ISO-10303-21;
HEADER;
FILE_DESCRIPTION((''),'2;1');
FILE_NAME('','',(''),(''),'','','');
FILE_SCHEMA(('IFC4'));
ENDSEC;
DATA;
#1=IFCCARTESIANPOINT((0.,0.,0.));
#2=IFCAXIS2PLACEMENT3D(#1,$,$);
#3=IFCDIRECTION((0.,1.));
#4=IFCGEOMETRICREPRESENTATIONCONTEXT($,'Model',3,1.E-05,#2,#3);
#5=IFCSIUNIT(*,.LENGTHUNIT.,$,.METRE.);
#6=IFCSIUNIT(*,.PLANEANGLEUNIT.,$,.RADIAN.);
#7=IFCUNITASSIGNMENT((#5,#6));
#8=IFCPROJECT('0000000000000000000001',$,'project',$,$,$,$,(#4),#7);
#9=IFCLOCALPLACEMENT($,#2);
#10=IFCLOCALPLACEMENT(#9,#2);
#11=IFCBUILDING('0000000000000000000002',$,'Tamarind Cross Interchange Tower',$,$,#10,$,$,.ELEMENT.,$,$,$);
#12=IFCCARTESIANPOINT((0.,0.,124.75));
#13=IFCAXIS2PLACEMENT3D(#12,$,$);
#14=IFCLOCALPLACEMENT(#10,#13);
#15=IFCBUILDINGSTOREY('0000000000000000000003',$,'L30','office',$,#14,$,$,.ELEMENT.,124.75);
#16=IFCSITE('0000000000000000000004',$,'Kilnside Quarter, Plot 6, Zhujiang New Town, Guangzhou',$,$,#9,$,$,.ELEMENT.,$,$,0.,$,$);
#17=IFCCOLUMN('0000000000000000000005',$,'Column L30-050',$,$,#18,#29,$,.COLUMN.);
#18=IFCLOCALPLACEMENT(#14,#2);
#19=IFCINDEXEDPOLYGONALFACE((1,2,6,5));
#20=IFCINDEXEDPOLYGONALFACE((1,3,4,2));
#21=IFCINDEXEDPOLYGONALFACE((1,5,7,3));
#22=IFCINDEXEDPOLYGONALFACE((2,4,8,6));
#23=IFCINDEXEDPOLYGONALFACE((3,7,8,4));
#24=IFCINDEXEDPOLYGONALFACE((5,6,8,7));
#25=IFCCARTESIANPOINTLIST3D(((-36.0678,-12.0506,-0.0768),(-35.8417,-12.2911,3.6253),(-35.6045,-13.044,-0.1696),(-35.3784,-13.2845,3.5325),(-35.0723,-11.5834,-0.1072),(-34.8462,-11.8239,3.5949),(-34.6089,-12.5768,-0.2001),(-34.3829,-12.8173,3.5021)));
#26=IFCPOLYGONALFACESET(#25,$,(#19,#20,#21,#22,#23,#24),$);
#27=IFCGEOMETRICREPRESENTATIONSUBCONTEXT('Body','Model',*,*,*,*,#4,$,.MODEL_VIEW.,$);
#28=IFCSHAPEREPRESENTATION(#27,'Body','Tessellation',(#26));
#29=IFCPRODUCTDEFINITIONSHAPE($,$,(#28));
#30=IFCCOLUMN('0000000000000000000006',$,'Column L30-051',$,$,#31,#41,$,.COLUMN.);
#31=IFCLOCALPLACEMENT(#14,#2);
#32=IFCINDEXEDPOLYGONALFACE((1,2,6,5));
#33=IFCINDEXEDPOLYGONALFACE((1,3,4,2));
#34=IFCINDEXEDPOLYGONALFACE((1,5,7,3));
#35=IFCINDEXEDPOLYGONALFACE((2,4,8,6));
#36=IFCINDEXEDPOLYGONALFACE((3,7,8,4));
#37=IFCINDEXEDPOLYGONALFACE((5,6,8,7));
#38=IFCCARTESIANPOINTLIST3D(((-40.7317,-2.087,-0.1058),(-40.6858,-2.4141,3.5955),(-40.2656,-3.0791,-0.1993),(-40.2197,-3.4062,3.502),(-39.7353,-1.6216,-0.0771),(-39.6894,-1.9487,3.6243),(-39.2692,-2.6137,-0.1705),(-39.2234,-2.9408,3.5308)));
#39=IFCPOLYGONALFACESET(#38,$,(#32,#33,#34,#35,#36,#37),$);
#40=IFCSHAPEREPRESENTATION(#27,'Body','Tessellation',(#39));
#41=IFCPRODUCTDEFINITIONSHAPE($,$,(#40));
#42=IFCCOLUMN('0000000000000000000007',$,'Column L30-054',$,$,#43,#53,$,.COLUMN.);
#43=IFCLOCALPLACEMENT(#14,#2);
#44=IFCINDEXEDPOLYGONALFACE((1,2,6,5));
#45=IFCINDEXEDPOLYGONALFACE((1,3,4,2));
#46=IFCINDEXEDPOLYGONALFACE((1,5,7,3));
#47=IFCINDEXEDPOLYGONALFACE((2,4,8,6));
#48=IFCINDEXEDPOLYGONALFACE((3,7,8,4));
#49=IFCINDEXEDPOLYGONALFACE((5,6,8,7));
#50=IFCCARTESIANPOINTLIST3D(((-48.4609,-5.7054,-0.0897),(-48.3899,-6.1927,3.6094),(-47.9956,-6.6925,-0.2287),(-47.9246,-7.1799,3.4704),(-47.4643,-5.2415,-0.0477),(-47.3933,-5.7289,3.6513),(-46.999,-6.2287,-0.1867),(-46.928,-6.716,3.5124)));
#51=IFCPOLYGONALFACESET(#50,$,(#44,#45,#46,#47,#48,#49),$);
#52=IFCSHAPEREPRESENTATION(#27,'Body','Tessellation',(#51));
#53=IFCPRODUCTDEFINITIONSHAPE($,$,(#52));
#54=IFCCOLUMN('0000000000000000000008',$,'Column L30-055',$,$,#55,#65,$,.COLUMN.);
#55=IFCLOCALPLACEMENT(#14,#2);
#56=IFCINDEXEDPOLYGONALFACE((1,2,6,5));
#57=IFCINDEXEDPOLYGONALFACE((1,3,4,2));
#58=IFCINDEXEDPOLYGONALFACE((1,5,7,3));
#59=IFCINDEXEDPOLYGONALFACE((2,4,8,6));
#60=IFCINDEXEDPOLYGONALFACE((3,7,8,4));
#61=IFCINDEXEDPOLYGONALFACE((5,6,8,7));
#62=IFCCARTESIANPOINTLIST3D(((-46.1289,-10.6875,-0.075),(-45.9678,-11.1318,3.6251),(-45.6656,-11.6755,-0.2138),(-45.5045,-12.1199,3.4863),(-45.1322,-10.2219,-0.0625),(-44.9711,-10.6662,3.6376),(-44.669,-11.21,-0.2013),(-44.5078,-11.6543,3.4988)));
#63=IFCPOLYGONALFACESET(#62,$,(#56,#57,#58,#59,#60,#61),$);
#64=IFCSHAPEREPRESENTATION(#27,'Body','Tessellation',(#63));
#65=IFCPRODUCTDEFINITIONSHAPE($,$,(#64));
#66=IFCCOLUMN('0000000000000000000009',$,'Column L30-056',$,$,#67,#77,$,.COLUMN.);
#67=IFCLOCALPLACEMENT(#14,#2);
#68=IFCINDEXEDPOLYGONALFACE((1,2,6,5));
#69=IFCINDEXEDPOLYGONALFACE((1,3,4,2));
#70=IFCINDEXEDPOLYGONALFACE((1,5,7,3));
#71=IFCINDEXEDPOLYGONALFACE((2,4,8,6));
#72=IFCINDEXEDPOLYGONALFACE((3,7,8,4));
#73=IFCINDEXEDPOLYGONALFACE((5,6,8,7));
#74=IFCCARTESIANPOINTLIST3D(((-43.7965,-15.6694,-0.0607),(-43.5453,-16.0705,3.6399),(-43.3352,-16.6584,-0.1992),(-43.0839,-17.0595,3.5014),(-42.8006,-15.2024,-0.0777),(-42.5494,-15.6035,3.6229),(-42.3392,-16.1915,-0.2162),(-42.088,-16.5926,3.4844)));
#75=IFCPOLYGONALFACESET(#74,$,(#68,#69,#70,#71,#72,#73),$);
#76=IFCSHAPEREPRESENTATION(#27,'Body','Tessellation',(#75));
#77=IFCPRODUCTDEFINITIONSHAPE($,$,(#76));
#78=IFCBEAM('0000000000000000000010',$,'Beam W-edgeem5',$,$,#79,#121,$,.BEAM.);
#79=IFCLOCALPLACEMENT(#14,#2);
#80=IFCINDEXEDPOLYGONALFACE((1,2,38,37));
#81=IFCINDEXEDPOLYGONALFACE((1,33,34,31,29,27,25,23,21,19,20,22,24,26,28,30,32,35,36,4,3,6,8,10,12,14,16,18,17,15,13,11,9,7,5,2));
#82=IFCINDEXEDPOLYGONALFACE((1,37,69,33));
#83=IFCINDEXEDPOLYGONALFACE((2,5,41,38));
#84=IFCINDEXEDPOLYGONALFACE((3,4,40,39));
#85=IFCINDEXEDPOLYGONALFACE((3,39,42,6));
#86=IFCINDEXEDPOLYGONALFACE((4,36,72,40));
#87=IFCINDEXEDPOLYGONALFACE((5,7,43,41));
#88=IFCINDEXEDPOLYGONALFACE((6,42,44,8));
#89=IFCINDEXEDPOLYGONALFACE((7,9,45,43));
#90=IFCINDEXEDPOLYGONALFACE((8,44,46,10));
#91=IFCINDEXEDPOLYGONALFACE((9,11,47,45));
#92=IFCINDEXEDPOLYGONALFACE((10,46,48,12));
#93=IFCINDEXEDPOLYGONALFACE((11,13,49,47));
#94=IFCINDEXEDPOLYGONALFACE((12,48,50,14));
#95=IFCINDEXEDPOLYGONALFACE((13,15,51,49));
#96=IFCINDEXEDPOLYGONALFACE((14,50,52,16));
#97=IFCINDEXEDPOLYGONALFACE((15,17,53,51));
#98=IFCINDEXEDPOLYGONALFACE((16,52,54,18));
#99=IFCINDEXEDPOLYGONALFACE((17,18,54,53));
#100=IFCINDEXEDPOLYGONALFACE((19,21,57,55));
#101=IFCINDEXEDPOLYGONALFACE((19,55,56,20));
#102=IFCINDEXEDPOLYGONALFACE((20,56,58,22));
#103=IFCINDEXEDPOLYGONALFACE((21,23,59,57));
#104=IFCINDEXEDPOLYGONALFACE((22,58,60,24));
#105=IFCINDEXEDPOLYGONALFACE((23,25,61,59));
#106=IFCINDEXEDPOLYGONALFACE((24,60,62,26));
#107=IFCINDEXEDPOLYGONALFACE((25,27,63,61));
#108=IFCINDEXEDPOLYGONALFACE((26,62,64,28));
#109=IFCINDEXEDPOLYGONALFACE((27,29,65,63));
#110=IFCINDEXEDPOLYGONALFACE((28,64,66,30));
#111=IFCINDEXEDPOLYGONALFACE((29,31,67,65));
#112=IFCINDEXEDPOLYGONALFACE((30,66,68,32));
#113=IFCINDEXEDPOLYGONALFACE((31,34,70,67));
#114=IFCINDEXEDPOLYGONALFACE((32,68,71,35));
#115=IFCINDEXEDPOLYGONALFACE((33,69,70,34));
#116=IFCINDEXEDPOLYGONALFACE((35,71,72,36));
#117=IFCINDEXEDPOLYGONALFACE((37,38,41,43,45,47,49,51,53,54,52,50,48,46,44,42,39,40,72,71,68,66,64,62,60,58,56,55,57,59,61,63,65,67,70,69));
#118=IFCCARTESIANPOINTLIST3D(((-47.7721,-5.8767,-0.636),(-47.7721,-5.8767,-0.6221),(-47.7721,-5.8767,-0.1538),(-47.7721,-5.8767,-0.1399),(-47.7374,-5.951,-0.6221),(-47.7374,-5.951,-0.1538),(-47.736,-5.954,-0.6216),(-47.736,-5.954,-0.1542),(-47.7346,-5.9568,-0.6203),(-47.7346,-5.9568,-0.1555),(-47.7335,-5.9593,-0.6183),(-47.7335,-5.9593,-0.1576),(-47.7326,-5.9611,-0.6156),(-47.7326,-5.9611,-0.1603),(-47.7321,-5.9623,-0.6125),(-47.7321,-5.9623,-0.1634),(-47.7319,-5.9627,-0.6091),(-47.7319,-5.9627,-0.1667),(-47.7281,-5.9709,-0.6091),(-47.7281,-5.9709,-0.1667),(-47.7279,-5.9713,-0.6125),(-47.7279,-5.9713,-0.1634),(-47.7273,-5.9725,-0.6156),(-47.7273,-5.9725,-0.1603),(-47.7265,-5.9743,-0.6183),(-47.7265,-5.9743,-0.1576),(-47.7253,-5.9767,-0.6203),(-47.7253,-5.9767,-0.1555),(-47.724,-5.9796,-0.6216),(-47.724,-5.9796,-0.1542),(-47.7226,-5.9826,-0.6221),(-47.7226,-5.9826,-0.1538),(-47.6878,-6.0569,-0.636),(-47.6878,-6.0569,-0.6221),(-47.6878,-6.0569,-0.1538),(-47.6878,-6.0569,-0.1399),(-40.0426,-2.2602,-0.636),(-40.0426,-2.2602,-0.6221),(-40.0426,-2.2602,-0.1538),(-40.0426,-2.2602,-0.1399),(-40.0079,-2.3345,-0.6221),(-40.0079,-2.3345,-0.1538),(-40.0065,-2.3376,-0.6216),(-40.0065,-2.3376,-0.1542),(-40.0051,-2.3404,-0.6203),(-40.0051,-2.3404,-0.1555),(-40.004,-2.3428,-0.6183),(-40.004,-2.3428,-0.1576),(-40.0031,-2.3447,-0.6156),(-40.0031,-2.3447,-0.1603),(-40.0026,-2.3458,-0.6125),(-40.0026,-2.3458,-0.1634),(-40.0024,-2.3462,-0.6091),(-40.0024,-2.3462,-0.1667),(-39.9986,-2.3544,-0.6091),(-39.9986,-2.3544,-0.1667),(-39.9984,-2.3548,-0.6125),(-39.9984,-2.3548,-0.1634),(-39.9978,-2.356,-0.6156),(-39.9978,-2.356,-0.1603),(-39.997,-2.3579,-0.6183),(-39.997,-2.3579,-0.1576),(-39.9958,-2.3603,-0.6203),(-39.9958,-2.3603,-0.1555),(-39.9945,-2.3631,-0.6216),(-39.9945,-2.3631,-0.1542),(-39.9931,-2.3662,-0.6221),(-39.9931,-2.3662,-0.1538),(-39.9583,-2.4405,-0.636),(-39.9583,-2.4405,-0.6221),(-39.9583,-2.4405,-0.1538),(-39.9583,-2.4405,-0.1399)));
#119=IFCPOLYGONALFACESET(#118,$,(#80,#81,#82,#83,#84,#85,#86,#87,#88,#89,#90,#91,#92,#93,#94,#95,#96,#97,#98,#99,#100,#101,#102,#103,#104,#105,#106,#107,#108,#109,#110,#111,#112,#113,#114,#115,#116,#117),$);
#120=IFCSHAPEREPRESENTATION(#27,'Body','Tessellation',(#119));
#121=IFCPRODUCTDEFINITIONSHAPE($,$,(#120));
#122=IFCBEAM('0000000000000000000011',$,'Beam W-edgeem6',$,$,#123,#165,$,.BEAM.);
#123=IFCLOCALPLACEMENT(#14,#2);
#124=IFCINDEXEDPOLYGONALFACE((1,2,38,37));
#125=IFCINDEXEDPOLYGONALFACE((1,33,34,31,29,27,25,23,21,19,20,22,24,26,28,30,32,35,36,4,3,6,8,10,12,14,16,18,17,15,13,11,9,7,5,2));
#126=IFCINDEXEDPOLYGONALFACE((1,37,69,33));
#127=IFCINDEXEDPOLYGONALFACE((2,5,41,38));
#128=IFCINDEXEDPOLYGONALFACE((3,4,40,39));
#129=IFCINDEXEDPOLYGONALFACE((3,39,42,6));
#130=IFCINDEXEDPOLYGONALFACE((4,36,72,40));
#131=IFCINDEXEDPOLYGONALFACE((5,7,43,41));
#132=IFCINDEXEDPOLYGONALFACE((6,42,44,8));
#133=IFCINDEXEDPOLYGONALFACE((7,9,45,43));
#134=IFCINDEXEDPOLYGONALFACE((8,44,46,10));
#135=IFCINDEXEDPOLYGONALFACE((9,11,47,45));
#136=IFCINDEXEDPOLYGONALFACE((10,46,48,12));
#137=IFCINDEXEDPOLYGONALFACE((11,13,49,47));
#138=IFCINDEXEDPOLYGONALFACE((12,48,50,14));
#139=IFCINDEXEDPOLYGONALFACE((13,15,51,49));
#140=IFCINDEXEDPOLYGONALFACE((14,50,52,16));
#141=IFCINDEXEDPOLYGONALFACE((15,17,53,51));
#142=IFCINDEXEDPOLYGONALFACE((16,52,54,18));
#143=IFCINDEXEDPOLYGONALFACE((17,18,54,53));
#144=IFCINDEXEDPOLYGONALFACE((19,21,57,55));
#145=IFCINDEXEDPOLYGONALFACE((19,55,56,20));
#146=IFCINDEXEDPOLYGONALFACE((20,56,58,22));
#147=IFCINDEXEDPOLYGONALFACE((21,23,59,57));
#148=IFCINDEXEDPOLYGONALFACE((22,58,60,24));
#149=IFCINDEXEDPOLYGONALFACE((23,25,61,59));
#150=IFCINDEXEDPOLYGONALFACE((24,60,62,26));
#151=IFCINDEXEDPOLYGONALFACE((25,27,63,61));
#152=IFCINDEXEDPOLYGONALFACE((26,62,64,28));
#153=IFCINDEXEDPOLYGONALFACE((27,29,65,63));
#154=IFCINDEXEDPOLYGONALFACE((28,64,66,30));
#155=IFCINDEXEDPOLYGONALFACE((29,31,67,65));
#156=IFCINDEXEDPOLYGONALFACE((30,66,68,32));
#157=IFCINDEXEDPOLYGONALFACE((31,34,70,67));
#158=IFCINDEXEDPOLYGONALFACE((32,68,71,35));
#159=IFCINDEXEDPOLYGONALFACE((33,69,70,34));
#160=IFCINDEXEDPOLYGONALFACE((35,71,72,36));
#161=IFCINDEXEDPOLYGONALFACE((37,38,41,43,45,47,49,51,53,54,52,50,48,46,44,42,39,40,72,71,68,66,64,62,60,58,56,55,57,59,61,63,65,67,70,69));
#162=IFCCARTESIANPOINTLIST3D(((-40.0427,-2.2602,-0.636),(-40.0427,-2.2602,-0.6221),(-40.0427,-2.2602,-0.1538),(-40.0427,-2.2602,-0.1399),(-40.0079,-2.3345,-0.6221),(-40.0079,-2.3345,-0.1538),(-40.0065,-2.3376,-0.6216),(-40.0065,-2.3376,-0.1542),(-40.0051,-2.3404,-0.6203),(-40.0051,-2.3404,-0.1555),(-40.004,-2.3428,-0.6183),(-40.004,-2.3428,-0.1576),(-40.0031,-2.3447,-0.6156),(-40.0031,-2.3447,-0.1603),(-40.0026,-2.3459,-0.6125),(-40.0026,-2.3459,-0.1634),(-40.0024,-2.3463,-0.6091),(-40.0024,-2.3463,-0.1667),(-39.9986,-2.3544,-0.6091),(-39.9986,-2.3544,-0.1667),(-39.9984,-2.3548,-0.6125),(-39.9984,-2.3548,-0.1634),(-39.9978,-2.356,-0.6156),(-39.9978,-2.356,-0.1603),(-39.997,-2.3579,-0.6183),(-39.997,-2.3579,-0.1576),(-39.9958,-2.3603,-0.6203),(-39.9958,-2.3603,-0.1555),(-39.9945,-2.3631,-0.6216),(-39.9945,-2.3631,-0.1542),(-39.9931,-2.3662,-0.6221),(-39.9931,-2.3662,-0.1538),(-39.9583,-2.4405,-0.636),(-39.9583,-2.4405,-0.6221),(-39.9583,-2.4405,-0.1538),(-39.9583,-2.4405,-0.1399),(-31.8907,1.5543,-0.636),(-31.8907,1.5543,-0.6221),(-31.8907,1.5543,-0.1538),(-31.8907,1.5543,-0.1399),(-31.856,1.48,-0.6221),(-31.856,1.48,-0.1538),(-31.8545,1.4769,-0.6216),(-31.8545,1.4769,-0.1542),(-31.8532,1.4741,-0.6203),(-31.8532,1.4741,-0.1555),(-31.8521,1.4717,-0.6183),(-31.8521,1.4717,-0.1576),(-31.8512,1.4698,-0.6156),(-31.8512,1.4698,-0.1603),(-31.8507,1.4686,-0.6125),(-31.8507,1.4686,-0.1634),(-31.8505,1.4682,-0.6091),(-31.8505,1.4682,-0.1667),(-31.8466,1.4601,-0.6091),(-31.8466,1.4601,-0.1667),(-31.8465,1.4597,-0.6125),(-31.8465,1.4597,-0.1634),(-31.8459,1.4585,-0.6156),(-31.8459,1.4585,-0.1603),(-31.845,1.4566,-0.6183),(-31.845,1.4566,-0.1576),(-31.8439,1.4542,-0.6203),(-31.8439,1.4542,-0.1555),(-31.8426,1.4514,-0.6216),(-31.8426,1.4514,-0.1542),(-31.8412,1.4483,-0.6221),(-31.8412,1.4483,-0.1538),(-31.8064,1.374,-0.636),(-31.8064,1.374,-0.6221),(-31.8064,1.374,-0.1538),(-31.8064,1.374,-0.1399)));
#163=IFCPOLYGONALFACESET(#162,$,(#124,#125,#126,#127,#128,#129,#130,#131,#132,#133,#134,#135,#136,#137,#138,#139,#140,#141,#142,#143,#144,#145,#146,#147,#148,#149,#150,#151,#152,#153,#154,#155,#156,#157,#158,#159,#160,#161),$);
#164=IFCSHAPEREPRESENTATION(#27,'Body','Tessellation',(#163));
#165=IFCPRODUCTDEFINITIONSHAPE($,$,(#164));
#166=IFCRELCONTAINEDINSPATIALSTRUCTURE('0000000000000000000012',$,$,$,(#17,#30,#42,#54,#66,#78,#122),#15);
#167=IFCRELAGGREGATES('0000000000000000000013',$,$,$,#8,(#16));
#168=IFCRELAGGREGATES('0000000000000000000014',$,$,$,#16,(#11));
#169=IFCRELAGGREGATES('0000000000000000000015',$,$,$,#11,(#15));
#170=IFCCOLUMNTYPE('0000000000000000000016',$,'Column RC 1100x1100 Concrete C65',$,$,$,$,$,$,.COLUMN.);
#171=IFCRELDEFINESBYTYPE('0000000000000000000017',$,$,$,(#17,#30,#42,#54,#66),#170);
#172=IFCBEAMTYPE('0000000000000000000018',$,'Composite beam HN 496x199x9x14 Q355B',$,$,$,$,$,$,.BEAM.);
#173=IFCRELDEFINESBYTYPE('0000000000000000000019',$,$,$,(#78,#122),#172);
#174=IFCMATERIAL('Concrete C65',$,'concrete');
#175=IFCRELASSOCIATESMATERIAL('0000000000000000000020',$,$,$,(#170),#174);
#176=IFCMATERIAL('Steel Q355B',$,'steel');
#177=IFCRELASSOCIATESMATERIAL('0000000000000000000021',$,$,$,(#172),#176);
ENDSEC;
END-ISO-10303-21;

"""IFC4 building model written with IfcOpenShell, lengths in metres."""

from ifc_helpers import new_model, si_unit, direction, frame, origin, origin_2d, place, context, subcontext, project, spatial, rectangle, i_section, extrude, material, material_profile, profile_set, type_object, element, save


model = new_model("IFC4")

# Units and contexts
model_context = context("Model", 3, precision=1e-05, world=origin(), true_north=direction((0.0, 1.0)))
body_context = subcontext(model_context, "Body", "Model", "MODEL_VIEW")
ifc_project = project(units=[si_unit("LENGTHUNIT", "METRE"), si_unit("PLANEANGLEUNIT", "RADIAN")], contexts=[model_context])

# Site, building, storey
site_placement = place(None, origin())
site = spatial("IfcSite", under=ifc_project, at=site_placement, Name="Kilnside Quarter, Plot 6, Zhujiang New Town, Guangzhou", CompositionType="ELEMENT", RefElevation=0.0)
building_placement = place(site_placement, origin())
building = spatial("IfcBuilding", under=site, at=building_placement, Name="Tamarind Cross Interchange Tower", CompositionType="ELEMENT")
storey_placement = place(building_placement, frame((0.0, 0.0, 124.75)))
storey = spatial("IfcBuildingStorey", under=building, at=storey_placement, Name="L30", Description="office", CompositionType="ELEMENT", Elevation=124.75)

# Columns
ifc_material_1 = material(Name="Concrete C65", Category="concrete")
ifc_material_profile_1 = material_profile(ifc_material_1, rectangle(XDim=1.1001, YDim=1.1001, at=origin_2d()), Name="RC 1100x1100")
ifc_profile_set_1 = profile_set([ifc_material_profile_1], Name="Concrete C65")
column_type = type_object("IfcColumnType", Name="Column RC 1100x1100 Concrete C65", PredefinedType="COLUMN", material=ifc_profile_set_1)
column_1_placement = place(storey_placement, frame((-35.3384, -12.3137, -0.1384), z_axis=(0.060824, -0.0647, 0.996049), x_axis=(-0.421198, 0.903035, 0.084379)))
element("IfcColumn", 1, at=column_1_placement, inside=storey, type_object=column_type, Name="Column L30-050", PredefinedType="COLUMN", context=body_context, shape_type="SweptSolid", body=[
    extrude(rectangle(XDim=1.1001, YDim=1.1001, at=origin_2d()), origin(), (0.0, 0.0, 1.0), 3.7168),
])
column_2_placement = place(storey_placement, frame((-40.0005, -2.3503, -0.1382), z_axis=(0.012351, -0.088035, 0.996041), x_axis=(0.905727, 0.423053, 0.02616)))
element("IfcColumn", 2, at=column_2_placement, inside=storey, type_object=column_type, Name="Column L30-051", PredefinedType="COLUMN", context=body_context, shape_type="SweptSolid", body=[
    extrude(rectangle(XDim=1.1001, YDim=1.1001, at=origin_2d()), origin(), (0.0, 0.0, 1.0), 3.7161),
])
column_3_placement = place(storey_placement, frame((-47.73, -5.967, -0.1382), z_axis=(0.019039, -0.130588, 0.991254), x_axis=(0.905942, 0.42168, 0.038152)))
element("IfcColumn", 3, at=column_3_placement, inside=storey, type_object=column_type, Name="Column L30-054", PredefinedType="COLUMN", context=body_context, shape_type="SweptSolid", body=[
    extrude(rectangle(XDim=1.1001, YDim=1.1001, at=origin_2d()), origin(), (0.0, 0.0, 1.0), 3.7317),
])
column_4_placement = place(storey_placement, frame((-45.3989, -10.9487, -0.1382), z_axis=(0.043196, -0.119117, 0.99194), x_axis=(0.90597, 0.423188, 0.011366)))
element("IfcColumn", 4, at=column_4_placement, inside=storey, type_object=column_type, Name="Column L30-055", PredefinedType="COLUMN", context=body_context, shape_type="SweptSolid", body=[
    extrude(rectangle(XDim=1.1001, YDim=1.1001, at=origin_2d()), origin(), (0.0, 0.0, 1.0), 3.7302),
])
column_5_placement = place(storey_placement, frame((-43.0679, -15.9304, -0.1384), z_axis=(0.067336, -0.107516, 0.99192), x_axis=(-0.419376, 0.899038, 0.125917)))
element("IfcColumn", 5, at=column_5_placement, inside=storey, type_object=column_type, Name="Column L30-056", PredefinedType="COLUMN", context=body_context, shape_type="SweptSolid", body=[
    extrude(rectangle(XDim=1.1001, YDim=1.1001, at=origin_2d()), origin(), (0.0, 0.0, 1.0), 3.7307),
])

# Beams
ifc_material_2 = material(Name="Steel Q355B", Category="steel")
ifc_material_profile_2 = material_profile(ifc_material_2, i_section(OverallWidth=0.199, OverallDepth=0.4961, WebThickness=0.009, FlangeThickness=0.0139, FilletRadius=0.0129, at=origin_2d()), Name="HN 496x199x9x14")
ifc_profile_set_2 = profile_set([ifc_material_profile_2], Name="Steel Q355B")
beam_type_1 = type_object("IfcBeamType", Name="Composite beam HN 496x199x9x14 Q355B", PredefinedType="BEAM", material=ifc_profile_set_2)
beam_1_placement = place(storey_placement, frame((-47.73, -5.9668, -0.3879), z_axis=(0.905762, 0.423786, 0.0), x_axis=(-0.423786, 0.905762, 0.0)))
element("IfcBeam", 6, at=beam_1_placement, inside=storey, type_object=beam_type_1, Name="Beam W-edgeem5", PredefinedType="BEAM", context=body_context, shape_type="SweptSolid", body=[
    extrude(i_section(OverallWidth=0.199, OverallDepth=0.4961, WebThickness=0.009, FlangeThickness=0.0139, FilletRadius=0.0129, at=origin_2d()), origin(), (0.0, 0.0, 1.0), 8.5337),
])
beam_2_placement = place(storey_placement, frame((-40.0005, -2.3503, -0.3879), z_axis=(0.905746, 0.423821, 0.0), x_axis=(-0.423821, 0.905746, 0.0)))
element("IfcBeam", 7, at=beam_2_placement, inside=storey, type_object=beam_type_1, Name="Beam W-edgeem6", PredefinedType="BEAM", context=body_context, shape_type="SweptSolid", body=[
    extrude(i_section(OverallWidth=0.199, OverallDepth=0.4961, WebThickness=0.009, FlangeThickness=0.0139, FilletRadius=0.0129, at=origin_2d()), origin(), (0.0, 0.0, 1.0), 9.0002),
])

save(model, "model.ifc")
